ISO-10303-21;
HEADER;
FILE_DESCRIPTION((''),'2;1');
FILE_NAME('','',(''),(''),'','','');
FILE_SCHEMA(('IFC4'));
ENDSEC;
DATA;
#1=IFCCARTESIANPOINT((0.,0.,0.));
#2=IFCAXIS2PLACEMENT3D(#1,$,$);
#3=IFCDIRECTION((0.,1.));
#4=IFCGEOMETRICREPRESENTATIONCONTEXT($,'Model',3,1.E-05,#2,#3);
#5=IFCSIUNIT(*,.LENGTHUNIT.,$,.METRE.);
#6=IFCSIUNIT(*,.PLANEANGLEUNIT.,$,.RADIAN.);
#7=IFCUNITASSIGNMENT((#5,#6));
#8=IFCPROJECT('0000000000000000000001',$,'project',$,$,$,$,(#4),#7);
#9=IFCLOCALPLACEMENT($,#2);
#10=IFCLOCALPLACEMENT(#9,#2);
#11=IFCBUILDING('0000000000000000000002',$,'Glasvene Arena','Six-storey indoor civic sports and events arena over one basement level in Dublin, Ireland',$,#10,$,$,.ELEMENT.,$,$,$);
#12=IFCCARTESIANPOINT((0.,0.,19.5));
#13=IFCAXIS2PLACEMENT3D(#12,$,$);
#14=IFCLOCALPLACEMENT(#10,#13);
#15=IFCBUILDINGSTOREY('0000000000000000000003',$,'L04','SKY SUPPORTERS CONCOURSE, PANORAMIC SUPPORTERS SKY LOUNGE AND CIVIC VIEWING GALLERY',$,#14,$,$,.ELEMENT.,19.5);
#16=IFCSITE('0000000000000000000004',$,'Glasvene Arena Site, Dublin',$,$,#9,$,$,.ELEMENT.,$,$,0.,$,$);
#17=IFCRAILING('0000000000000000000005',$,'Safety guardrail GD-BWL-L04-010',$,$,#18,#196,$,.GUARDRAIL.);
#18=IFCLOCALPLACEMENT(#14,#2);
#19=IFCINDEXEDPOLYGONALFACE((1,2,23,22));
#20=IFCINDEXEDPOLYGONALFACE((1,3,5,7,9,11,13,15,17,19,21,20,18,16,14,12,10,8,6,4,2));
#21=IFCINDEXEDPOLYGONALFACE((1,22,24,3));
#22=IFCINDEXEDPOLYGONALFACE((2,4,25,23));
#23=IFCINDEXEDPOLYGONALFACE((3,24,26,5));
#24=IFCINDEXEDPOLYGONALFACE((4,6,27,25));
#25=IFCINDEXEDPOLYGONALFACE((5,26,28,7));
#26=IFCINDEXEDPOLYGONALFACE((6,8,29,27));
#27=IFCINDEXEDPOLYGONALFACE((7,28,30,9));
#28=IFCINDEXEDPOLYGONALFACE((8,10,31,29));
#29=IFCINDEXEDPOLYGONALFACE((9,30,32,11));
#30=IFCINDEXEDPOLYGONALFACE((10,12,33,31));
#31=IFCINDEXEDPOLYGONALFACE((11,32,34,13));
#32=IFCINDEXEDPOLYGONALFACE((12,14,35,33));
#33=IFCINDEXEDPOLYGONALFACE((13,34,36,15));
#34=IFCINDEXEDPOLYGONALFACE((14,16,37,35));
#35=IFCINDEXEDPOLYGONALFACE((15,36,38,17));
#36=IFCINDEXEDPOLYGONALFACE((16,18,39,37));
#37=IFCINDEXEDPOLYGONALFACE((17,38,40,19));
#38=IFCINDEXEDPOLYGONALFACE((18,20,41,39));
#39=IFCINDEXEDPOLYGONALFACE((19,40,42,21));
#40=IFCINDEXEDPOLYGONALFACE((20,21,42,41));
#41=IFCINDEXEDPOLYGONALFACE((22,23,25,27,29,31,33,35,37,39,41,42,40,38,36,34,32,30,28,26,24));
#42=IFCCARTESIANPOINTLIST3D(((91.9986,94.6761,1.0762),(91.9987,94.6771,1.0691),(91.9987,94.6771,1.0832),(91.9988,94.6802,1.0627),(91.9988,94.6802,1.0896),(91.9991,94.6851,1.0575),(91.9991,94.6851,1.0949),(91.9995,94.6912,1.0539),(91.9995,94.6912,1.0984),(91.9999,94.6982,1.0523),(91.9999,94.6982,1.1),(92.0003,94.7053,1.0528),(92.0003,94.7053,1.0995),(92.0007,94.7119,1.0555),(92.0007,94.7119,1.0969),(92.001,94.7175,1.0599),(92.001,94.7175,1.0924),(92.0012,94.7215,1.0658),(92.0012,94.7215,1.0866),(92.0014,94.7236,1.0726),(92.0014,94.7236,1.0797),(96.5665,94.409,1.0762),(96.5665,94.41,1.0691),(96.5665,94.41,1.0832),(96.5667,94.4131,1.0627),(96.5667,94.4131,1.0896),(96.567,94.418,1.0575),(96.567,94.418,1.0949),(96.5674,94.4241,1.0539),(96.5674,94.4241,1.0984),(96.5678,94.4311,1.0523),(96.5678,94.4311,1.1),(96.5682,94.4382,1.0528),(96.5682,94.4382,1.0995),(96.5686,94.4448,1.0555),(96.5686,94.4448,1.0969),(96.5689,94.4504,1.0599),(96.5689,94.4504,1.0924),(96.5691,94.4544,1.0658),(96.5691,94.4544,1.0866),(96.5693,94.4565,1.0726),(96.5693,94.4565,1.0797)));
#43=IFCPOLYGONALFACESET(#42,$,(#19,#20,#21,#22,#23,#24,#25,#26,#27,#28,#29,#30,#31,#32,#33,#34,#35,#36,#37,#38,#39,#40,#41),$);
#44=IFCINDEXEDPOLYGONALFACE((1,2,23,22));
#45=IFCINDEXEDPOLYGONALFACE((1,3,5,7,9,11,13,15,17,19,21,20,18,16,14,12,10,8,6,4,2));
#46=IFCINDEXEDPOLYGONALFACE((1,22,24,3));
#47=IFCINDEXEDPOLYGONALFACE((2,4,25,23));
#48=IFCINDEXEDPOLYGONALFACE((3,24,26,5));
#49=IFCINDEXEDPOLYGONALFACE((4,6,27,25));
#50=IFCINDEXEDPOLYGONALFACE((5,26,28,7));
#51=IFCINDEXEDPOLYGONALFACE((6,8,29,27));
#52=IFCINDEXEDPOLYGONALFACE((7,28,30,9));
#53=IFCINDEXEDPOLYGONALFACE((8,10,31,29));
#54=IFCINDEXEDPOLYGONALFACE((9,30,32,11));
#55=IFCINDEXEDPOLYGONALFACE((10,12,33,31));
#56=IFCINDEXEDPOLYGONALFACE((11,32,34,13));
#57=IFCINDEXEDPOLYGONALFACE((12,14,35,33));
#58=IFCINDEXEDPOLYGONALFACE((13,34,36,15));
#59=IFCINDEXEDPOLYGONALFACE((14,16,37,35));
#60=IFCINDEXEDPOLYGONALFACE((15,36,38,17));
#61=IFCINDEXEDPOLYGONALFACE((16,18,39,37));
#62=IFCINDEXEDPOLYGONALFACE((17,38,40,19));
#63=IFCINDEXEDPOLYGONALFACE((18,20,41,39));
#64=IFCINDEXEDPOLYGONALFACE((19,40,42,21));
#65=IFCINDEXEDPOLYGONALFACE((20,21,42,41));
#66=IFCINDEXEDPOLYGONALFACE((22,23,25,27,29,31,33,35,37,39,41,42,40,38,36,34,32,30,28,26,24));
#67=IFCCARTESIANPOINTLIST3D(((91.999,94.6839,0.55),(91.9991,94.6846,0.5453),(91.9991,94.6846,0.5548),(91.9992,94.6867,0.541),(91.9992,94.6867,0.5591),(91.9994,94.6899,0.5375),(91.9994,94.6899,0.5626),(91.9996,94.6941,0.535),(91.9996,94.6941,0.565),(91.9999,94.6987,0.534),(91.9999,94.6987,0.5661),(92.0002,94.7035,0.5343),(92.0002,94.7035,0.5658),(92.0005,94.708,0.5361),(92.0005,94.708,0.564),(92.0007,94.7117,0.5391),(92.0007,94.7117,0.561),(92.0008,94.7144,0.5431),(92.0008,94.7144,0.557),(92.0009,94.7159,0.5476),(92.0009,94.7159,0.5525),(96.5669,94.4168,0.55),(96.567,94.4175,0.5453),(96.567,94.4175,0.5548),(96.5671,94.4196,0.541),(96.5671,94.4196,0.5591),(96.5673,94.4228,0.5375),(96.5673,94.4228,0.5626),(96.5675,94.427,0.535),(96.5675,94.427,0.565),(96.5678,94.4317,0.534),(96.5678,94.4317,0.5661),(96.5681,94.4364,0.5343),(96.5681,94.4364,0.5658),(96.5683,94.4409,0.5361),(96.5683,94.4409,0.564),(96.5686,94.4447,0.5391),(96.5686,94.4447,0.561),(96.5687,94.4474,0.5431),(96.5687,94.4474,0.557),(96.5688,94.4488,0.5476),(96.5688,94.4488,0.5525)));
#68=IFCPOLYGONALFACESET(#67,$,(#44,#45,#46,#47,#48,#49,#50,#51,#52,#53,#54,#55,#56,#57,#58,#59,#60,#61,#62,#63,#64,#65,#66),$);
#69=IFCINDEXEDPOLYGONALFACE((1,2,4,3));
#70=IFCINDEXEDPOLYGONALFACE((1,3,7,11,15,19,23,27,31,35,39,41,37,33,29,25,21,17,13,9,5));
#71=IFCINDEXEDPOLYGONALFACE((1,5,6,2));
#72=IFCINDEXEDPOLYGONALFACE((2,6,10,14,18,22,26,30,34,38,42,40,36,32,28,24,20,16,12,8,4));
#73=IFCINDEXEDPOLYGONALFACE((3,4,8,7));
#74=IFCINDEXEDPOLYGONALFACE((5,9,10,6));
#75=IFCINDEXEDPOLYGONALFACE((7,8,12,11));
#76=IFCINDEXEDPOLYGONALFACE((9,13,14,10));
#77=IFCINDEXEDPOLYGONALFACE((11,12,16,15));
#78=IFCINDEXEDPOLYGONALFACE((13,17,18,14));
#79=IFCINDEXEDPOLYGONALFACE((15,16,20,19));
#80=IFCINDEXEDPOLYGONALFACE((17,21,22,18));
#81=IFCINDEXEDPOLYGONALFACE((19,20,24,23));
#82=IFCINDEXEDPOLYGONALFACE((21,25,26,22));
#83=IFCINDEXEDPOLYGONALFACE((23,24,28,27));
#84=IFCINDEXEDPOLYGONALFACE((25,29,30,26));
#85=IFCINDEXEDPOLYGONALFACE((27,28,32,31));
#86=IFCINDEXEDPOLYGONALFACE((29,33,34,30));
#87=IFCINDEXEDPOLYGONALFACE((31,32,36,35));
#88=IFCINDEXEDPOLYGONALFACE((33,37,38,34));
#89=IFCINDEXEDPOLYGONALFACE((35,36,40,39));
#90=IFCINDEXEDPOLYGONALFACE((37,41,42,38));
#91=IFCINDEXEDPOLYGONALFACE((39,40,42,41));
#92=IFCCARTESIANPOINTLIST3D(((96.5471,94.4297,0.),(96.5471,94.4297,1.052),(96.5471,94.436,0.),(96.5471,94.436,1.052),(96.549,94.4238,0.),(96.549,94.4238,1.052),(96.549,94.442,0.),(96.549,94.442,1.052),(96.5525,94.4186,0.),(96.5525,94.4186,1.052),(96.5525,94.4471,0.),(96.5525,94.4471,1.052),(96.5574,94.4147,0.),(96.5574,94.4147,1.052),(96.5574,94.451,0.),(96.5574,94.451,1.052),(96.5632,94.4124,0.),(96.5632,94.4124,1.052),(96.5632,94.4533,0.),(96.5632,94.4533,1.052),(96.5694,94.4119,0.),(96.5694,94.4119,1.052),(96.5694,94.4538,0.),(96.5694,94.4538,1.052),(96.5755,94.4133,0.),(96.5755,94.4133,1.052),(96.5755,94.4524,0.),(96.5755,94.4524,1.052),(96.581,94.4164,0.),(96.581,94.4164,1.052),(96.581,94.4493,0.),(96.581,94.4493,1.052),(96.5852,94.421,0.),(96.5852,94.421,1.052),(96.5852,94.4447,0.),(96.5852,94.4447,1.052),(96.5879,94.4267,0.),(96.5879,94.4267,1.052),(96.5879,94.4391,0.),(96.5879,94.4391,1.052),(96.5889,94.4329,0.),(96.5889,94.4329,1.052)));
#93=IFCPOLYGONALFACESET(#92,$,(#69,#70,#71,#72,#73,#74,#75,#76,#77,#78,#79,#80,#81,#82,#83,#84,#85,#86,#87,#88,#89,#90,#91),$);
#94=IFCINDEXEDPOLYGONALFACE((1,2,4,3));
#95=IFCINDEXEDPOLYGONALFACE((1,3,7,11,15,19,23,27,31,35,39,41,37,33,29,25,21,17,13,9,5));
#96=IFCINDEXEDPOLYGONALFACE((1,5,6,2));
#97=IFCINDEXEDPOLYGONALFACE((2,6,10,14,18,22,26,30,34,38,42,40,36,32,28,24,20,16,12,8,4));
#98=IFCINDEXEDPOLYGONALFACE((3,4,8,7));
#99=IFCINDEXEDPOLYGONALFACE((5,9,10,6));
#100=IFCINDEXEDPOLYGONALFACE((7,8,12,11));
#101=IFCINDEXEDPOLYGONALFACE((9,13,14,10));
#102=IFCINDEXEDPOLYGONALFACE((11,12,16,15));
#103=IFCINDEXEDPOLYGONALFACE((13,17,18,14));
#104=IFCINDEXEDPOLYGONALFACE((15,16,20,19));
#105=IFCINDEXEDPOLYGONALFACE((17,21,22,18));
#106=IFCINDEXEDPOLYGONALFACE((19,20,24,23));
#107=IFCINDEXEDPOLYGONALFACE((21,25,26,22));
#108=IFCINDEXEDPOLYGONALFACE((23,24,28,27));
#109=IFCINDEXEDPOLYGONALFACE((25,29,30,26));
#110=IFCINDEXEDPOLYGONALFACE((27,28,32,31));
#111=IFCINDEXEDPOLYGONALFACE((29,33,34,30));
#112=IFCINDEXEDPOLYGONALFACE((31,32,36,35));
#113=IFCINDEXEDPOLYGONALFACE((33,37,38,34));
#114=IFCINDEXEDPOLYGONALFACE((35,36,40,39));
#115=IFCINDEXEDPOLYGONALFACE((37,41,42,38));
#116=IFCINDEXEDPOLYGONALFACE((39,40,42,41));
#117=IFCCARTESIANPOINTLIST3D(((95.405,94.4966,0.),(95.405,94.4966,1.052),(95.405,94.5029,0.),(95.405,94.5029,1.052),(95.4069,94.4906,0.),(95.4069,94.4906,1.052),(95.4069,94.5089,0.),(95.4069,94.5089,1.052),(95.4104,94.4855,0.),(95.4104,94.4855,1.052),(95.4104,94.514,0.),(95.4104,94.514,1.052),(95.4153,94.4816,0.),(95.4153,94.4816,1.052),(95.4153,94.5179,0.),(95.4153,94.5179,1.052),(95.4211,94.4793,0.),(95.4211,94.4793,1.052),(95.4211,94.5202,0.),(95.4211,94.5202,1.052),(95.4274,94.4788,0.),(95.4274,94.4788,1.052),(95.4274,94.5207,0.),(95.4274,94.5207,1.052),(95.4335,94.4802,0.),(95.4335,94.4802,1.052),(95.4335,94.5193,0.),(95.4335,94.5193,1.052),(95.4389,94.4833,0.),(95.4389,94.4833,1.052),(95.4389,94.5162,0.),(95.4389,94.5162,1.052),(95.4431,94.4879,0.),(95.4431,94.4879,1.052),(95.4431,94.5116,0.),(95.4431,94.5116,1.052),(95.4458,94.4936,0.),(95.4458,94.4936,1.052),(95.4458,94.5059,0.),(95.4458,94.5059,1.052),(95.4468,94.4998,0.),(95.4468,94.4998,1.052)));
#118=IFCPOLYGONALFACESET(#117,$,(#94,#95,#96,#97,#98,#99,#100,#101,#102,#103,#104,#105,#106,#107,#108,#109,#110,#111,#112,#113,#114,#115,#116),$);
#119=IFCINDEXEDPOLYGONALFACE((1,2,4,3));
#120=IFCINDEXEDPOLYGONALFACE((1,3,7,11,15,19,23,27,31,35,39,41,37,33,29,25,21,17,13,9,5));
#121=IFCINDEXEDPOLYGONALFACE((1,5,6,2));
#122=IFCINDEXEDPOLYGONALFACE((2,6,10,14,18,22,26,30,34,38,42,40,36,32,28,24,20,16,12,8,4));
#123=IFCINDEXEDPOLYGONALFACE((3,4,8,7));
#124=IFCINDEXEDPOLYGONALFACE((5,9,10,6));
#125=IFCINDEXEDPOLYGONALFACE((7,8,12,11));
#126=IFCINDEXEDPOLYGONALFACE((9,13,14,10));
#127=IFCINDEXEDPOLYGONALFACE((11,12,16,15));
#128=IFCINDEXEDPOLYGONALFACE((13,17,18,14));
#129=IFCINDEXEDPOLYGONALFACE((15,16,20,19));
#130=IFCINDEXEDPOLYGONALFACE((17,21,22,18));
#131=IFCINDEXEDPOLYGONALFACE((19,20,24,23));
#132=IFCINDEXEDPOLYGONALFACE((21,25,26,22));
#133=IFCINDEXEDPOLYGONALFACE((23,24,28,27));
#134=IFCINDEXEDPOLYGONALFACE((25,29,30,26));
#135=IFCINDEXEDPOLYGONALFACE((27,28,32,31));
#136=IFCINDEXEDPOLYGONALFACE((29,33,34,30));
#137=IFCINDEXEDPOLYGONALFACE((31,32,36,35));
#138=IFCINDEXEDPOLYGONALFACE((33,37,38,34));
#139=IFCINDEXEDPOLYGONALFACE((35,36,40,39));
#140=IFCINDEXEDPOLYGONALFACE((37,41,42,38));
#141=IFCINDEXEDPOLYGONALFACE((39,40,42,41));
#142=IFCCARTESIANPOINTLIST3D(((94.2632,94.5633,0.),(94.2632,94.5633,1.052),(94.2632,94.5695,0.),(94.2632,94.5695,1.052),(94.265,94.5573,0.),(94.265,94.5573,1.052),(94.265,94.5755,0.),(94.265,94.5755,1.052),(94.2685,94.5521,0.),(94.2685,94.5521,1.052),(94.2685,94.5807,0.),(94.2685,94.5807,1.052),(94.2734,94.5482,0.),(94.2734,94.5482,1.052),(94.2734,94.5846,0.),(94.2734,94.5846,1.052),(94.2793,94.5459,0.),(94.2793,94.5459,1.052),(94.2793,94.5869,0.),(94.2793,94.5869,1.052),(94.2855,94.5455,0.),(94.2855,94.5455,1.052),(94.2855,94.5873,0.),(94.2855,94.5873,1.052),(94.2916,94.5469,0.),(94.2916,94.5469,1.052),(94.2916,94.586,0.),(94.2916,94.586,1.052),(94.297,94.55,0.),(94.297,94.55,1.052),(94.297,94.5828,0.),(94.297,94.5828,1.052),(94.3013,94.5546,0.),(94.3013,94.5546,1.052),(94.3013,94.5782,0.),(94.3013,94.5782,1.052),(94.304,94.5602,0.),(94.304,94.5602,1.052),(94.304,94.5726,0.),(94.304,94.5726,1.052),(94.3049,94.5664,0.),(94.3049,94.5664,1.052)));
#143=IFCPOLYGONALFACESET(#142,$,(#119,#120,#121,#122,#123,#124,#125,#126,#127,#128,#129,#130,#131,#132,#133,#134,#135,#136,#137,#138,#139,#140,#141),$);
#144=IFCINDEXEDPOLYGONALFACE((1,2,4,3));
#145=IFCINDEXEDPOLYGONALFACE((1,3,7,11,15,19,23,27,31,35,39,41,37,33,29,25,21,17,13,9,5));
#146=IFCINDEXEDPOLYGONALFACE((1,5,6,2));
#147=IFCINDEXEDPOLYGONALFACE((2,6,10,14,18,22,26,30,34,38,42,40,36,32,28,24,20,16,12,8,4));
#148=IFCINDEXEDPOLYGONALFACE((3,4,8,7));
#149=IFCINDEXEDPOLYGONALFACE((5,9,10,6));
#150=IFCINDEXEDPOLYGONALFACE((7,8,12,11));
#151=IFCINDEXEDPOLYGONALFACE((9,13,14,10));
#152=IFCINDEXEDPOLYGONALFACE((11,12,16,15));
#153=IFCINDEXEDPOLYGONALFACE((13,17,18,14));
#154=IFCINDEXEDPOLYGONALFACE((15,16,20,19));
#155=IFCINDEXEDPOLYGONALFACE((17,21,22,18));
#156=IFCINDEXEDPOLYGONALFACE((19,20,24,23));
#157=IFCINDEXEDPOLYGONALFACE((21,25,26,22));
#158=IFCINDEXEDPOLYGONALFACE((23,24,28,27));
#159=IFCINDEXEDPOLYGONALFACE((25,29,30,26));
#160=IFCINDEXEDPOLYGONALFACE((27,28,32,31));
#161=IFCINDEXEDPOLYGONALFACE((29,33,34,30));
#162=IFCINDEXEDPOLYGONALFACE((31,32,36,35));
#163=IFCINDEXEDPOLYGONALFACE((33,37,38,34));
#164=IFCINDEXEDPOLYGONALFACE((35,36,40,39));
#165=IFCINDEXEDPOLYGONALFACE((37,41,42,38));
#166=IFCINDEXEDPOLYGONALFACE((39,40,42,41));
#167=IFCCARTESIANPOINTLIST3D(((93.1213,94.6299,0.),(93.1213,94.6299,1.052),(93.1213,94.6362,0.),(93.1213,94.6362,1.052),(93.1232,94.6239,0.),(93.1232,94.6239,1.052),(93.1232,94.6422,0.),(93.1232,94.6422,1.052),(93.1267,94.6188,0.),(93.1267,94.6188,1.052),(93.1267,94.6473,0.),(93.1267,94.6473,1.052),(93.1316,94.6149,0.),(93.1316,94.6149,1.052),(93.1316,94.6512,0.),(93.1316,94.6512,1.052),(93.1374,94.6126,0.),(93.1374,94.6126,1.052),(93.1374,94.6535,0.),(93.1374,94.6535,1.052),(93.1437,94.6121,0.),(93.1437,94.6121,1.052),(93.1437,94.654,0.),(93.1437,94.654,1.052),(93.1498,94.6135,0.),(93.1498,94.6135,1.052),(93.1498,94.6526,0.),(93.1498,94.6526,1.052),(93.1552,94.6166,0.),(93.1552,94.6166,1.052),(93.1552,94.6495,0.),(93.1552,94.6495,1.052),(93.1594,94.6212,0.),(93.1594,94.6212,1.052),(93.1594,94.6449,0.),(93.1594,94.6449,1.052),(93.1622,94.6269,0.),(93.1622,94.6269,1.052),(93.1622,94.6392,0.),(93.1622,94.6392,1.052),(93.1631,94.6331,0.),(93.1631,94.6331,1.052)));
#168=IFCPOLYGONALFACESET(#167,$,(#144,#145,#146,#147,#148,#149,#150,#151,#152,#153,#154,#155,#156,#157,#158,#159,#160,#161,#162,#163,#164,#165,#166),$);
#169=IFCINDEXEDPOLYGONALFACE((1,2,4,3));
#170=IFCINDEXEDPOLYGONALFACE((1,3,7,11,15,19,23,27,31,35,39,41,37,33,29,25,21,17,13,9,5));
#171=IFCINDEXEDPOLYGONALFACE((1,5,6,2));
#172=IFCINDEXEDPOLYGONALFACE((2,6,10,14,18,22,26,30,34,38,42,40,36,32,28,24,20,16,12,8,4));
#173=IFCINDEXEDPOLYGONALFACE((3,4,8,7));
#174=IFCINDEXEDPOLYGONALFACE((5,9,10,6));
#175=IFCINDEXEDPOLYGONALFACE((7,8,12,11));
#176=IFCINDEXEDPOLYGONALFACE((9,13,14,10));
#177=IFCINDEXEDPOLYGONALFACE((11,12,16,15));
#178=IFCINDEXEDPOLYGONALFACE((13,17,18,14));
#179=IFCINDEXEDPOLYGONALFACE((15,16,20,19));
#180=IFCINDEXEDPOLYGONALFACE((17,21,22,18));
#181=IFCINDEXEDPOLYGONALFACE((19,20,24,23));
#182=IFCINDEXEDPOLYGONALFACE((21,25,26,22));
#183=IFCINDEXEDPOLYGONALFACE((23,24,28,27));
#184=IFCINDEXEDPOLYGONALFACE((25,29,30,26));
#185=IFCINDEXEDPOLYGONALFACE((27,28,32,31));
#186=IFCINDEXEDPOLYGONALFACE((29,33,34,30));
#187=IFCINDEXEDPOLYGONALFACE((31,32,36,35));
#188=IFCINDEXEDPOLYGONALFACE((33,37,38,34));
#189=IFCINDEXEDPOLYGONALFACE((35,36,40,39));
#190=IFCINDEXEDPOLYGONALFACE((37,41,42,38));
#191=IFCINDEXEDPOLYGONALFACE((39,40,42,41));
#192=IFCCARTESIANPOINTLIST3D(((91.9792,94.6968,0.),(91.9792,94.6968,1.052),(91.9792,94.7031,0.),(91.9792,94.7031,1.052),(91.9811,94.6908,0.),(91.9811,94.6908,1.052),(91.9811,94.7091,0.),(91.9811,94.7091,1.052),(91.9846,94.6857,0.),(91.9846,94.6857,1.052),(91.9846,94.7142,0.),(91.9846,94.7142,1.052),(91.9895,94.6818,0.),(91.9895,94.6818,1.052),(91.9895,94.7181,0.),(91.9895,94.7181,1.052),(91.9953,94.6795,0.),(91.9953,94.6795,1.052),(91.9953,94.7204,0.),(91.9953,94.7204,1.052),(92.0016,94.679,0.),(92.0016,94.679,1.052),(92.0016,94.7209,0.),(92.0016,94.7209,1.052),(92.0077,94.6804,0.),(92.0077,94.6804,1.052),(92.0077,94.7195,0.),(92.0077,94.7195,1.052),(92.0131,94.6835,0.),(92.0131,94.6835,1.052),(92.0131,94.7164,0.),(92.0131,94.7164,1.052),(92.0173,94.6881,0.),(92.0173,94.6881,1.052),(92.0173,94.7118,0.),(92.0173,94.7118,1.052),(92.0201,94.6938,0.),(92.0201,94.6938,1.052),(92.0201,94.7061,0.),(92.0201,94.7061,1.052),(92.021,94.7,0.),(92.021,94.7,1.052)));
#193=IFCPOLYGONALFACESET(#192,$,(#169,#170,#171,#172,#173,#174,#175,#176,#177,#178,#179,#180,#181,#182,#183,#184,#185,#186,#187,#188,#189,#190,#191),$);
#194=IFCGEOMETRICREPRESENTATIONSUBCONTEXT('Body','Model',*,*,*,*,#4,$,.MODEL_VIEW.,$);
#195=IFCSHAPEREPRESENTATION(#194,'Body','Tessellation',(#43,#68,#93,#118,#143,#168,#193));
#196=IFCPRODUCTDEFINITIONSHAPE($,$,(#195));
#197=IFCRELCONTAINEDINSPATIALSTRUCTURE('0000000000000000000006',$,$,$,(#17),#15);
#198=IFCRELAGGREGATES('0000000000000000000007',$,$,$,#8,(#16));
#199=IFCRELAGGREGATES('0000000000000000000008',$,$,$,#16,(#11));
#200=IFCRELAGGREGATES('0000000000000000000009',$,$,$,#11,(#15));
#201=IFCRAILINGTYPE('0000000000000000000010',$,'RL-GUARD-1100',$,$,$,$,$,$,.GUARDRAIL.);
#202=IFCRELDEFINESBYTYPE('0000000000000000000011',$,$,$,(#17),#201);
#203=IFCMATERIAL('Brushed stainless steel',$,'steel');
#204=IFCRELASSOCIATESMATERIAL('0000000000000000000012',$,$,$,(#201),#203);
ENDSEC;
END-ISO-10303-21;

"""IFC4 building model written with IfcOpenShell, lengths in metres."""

from ifc_helpers import new_model, si_unit, direction, frame, origin, origin_2d, place, context, subcontext, project, spatial, circle, extrude, material, type_object, element, save


model = new_model("IFC4")

# Units and contexts
model_context = context("Model", 3, precision=1e-05, world=origin(), true_north=direction((0.0, 1.0)))
body_context = subcontext(model_context, "Body", "Model", "MODEL_VIEW")
ifc_project = project(units=[si_unit("LENGTHUNIT", "METRE"), si_unit("PLANEANGLEUNIT", "RADIAN")], contexts=[model_context])

# Site, building, storey
site_placement = place(None, origin())
site = spatial("IfcSite", under=ifc_project, at=site_placement, Name="Glasvene Arena Site, Dublin", CompositionType="ELEMENT", RefElevation=0.0)
building_placement = place(site_placement, origin())
building = spatial("IfcBuilding", under=site, at=building_placement, Name="Glasvene Arena", Description="Six-storey indoor civic sports and events arena over one basement level in Dublin, Ireland", CompositionType="ELEMENT")
storey_placement = place(building_placement, frame((0.0, 0.0, 19.5)))
storey = spatial("IfcBuildingStorey", under=building, at=storey_placement, Name="L04", Description="SKY SUPPORTERS CONCOURSE, PANORAMIC SUPPORTERS SKY LOUNGE AND CIVIC VIEWING GALLERY", CompositionType="ELEMENT", Elevation=19.5)

# Railing
ifc_material_1 = material(Name="Brushed stainless steel", Category="steel")
railing_type = type_object("IfcRailingType", Name="RL-GUARD-1100", PredefinedType="GUARDRAIL", material=ifc_material_1)
railing_1_placement = place(storey_placement, frame((96.5679, 94.4329, 0.0)))
element("IfcRailing", 1, at=railing_1_placement, inside=storey, type_object=railing_type, Name="Safety guardrail GD-BWL-L04-010", PredefinedType="GUARDRAIL", context=body_context, shape_type="SweptSolid", body=[
    extrude(circle(Radius=0.0239, at=origin_2d()), frame((0.0, 0.0, 1.0762), z_axis=(-0.998295, 0.058372, 0.0), x_axis=(-0.058372, -0.998295, 0.0)), (0.0, 0.0, 1.0), 4.5757),
    extrude(circle(Radius=0.0161, at=origin_2d()), frame((0.0, 0.0, 0.55), z_axis=(-0.998295, 0.058372, 0.0), x_axis=(-0.058372, -0.998295, 0.0)), (0.0, 0.0, 1.0), 4.5757),
    extrude(circle(Radius=0.021, at=origin_2d()), origin(), (0.0, 0.0, 1.0), 1.052),
    extrude(circle(Radius=0.021, at=origin_2d()), frame((-1.1421, 0.0669, 0.0)), (0.0, 0.0, 1.0), 1.052),
    extrude(circle(Radius=0.021, at=origin_2d()), frame((-2.2839, 0.1335, 0.0)), (0.0, 0.0, 1.0), 1.052),
    extrude(circle(Radius=0.021, at=origin_2d()), frame((-3.4258, 0.2002, 0.0)), (0.0, 0.0, 1.0), 1.052),
    extrude(circle(Radius=0.021, at=origin_2d()), frame((-4.5679, 0.2671, 0.0)), (0.0, 0.0, 1.0), 1.052),
])

save(model, "model.ifc")
